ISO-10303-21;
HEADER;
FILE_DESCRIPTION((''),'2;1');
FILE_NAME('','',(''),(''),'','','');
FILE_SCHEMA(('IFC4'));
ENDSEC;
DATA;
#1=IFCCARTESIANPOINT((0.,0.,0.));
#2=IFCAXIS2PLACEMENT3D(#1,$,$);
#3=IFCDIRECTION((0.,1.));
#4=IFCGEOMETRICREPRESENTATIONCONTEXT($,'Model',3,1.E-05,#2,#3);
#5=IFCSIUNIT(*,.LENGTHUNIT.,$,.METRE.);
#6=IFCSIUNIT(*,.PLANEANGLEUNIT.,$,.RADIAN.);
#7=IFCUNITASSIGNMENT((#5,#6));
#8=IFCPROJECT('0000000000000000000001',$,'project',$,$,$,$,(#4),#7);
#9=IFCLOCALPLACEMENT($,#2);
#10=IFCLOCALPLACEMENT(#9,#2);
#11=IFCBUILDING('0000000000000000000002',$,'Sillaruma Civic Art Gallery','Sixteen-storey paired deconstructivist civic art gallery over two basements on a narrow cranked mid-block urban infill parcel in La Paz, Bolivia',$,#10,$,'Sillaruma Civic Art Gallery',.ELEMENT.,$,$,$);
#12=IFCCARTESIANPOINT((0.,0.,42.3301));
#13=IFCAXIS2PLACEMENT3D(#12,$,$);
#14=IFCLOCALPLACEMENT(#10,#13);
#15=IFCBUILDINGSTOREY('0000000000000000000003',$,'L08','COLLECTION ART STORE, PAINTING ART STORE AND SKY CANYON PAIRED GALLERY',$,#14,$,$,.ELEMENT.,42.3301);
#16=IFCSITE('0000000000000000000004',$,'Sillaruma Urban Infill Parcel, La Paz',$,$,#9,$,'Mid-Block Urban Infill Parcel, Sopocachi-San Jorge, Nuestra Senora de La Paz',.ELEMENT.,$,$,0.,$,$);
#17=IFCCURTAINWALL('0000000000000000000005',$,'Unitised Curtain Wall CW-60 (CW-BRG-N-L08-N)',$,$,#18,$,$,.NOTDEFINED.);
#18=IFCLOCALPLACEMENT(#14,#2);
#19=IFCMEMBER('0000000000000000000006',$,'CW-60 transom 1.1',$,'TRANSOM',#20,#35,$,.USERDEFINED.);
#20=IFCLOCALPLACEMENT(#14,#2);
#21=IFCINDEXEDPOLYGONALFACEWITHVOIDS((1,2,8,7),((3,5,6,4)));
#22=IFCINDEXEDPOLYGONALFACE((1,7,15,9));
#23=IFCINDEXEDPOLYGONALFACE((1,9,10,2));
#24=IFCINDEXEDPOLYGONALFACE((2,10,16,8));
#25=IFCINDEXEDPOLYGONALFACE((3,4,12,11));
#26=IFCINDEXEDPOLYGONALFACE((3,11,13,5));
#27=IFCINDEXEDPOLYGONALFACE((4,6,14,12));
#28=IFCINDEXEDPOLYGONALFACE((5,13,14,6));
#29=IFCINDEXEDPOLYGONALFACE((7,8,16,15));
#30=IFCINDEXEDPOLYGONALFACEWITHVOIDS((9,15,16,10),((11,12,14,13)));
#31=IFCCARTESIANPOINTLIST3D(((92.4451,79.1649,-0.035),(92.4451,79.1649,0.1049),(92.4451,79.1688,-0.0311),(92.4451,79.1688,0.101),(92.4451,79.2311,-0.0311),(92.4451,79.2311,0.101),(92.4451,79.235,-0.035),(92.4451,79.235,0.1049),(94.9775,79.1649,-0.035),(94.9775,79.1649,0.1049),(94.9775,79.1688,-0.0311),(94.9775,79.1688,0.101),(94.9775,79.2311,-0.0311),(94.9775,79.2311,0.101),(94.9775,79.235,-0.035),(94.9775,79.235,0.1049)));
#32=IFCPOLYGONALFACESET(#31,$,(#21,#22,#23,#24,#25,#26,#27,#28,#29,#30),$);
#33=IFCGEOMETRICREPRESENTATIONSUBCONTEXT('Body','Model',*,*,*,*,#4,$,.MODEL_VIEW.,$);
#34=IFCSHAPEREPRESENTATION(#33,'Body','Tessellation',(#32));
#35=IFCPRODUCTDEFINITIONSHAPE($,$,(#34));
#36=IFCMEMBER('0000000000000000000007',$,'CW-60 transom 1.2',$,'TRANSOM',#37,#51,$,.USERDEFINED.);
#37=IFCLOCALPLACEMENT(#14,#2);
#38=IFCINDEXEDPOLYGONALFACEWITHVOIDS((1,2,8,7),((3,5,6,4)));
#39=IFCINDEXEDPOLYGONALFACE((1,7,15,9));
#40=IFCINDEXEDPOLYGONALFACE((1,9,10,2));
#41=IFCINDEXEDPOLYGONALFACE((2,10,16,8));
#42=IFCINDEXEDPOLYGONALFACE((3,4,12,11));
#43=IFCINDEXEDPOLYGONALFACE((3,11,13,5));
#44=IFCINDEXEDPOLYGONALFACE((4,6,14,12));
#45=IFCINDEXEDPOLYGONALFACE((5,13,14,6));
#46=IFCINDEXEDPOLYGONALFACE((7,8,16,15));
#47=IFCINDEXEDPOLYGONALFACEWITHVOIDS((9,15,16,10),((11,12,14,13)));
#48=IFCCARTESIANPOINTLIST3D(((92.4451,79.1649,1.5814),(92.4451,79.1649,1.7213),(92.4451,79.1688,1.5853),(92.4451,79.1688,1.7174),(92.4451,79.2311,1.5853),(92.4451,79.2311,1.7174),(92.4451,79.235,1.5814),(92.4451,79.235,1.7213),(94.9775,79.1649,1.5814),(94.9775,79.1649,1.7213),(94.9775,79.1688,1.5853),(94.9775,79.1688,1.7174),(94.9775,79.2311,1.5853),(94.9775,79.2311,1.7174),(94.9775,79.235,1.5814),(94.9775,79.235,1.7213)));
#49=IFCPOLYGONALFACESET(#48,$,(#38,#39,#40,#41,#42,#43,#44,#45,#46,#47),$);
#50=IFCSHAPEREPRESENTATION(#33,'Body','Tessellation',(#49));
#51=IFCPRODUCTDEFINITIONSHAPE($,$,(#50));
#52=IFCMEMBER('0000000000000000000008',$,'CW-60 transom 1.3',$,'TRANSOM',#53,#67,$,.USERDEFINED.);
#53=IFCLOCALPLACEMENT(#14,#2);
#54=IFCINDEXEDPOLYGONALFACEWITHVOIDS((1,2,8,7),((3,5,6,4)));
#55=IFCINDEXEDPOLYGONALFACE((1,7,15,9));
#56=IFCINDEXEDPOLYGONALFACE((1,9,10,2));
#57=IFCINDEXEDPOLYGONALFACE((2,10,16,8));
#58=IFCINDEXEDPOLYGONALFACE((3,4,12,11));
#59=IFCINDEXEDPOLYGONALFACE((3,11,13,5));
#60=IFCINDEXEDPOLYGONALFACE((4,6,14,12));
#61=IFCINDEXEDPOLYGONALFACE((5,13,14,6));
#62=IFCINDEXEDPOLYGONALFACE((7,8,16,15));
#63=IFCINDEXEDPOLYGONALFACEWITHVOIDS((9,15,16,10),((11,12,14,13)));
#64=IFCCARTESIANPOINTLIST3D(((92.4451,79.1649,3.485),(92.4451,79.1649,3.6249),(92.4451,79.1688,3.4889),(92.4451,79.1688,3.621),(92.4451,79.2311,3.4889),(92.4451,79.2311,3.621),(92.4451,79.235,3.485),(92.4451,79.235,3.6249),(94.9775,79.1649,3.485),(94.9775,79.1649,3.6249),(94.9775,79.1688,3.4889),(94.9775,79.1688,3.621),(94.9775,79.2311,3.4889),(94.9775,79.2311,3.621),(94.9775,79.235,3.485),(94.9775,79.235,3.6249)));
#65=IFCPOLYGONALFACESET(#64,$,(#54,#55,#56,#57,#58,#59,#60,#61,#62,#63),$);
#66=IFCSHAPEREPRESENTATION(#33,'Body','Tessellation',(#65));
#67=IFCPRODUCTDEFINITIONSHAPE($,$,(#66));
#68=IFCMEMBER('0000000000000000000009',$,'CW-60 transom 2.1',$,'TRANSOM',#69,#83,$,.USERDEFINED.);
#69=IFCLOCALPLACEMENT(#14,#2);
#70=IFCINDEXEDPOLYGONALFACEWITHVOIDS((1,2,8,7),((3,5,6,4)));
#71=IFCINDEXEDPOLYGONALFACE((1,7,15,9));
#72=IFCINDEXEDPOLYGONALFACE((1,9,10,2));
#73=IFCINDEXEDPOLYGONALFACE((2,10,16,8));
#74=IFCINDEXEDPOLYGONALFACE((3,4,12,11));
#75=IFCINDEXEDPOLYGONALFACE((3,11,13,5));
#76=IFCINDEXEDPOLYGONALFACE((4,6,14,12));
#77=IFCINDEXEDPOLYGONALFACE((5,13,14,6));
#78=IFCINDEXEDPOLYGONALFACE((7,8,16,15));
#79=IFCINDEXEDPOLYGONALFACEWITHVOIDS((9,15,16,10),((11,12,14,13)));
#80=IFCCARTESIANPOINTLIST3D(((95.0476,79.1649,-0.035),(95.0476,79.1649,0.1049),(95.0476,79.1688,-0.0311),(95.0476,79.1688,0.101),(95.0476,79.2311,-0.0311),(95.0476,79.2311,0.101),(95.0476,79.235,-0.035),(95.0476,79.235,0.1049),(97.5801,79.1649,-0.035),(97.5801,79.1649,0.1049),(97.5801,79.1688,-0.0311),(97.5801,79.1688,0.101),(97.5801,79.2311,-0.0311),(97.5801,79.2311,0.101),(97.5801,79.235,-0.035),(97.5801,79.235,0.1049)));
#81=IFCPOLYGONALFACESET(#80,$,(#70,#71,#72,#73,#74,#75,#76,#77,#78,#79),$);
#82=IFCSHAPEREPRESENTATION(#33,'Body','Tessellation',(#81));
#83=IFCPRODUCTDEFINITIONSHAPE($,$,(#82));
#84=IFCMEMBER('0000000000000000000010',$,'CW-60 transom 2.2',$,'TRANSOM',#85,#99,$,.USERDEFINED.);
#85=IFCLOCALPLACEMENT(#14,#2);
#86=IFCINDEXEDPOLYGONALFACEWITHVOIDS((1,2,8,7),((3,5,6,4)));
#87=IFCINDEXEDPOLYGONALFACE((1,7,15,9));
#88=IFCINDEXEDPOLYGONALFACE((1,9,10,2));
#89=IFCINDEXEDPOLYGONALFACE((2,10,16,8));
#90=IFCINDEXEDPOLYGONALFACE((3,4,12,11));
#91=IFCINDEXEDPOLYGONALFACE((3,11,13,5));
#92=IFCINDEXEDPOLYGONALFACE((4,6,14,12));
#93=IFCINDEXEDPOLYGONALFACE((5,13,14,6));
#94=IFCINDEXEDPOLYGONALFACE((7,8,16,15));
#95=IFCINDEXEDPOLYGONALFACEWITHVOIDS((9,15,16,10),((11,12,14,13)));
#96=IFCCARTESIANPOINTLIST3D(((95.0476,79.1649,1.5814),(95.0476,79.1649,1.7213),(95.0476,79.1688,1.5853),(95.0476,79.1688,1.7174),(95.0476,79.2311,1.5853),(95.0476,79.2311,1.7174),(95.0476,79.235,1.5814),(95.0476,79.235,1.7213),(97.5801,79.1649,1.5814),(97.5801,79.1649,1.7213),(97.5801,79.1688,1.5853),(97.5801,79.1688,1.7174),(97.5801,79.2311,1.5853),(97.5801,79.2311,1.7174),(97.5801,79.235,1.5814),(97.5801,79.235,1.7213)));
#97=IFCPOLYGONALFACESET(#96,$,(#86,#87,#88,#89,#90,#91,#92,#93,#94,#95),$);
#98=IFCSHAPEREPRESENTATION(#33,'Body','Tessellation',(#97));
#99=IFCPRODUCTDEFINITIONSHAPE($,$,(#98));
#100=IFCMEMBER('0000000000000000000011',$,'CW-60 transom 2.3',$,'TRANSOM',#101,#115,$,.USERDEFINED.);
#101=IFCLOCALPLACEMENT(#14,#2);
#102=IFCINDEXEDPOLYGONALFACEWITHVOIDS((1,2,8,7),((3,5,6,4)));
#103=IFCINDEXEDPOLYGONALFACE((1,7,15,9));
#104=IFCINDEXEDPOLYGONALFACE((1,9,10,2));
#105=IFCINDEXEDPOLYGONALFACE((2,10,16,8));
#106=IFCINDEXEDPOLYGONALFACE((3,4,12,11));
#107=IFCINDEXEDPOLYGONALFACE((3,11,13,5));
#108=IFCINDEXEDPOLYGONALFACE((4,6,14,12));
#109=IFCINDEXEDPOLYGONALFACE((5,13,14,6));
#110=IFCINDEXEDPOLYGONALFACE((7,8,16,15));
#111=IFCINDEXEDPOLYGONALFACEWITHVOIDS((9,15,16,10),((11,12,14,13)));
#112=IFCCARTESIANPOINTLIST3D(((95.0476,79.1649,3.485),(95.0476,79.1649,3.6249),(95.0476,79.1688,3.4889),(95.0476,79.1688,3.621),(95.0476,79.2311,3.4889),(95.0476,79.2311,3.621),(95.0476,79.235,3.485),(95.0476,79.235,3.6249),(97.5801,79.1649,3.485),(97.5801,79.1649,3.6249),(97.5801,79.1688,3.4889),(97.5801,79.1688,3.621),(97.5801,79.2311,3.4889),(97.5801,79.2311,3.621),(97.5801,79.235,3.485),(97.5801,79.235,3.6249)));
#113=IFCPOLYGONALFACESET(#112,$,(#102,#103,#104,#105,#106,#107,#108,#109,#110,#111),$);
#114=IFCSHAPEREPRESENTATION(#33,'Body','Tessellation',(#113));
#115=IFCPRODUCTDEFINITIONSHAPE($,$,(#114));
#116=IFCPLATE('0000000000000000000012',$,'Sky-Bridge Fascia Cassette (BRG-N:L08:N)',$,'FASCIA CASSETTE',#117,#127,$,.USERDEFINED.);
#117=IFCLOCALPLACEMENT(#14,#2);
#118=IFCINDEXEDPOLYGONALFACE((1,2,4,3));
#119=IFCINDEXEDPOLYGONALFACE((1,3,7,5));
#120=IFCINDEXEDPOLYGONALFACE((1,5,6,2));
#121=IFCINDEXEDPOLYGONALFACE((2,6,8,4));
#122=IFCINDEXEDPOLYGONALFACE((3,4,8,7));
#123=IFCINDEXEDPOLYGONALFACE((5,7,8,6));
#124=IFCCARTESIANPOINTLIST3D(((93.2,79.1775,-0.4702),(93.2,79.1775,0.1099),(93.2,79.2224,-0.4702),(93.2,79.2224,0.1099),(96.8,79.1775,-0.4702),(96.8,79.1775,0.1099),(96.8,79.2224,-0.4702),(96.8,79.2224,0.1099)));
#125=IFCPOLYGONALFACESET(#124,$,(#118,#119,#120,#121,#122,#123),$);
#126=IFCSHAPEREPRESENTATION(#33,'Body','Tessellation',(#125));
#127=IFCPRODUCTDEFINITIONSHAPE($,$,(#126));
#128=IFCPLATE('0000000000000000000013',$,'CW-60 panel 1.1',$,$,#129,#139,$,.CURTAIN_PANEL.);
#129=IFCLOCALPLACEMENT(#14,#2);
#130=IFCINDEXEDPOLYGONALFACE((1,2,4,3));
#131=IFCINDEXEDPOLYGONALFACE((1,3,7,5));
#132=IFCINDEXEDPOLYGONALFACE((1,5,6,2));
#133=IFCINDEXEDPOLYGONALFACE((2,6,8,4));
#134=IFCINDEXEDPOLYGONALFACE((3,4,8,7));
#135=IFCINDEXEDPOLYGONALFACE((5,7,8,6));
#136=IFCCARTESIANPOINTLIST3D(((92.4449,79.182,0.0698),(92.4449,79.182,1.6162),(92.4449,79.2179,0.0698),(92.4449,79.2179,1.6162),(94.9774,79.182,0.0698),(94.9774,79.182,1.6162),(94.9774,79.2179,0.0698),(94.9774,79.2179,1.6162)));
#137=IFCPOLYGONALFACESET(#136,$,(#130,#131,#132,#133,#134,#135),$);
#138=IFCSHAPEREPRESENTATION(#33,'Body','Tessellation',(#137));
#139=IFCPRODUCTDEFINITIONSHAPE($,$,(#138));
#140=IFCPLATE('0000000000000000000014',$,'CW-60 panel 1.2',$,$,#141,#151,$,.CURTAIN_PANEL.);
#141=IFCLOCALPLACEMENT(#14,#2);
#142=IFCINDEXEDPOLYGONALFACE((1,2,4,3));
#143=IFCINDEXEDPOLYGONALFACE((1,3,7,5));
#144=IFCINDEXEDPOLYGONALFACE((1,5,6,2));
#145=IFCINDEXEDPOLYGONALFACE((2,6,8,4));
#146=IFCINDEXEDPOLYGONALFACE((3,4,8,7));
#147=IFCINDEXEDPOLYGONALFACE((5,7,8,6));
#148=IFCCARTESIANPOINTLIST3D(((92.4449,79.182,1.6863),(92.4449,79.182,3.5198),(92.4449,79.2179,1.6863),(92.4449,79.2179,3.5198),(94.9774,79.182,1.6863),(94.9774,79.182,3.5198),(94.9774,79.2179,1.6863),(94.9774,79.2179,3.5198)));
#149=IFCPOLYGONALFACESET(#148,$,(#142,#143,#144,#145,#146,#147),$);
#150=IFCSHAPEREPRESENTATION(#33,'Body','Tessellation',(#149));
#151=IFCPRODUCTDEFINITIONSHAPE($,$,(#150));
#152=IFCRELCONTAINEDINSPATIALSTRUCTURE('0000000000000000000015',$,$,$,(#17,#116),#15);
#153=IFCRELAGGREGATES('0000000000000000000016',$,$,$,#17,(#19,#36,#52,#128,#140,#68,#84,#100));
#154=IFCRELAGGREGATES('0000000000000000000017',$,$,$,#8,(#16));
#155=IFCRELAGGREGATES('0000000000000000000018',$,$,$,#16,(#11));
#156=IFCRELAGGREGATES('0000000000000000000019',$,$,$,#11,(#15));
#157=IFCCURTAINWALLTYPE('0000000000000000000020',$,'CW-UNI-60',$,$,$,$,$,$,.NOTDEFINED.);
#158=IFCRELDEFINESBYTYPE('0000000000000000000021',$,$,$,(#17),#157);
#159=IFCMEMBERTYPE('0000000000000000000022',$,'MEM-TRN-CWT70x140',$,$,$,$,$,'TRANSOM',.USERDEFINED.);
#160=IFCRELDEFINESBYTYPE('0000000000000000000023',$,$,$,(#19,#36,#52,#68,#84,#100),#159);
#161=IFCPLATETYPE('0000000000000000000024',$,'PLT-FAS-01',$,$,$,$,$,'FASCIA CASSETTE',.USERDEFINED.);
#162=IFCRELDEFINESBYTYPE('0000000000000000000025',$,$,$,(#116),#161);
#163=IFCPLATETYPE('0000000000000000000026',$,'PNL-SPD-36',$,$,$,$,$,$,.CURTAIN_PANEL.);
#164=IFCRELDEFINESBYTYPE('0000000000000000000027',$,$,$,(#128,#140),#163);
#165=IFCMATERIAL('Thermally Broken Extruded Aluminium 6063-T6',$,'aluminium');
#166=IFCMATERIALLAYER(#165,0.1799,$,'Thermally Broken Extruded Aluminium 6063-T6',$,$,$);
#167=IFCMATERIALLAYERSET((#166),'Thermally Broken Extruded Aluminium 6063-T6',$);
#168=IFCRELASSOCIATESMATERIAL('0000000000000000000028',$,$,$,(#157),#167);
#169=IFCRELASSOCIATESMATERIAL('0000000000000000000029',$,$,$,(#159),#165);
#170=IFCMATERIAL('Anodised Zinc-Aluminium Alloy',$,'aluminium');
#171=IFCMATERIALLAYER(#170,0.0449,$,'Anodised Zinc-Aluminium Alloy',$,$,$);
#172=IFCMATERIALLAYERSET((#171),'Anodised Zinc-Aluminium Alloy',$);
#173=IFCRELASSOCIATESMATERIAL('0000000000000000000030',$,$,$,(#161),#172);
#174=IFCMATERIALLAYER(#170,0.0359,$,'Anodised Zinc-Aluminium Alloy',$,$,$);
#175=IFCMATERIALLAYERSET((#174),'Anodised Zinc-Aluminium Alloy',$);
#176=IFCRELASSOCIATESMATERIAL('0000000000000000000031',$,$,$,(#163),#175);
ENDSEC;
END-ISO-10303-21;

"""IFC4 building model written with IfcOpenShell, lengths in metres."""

from ifc_helpers import new_model, si_unit, direction, frame, origin, origin_2d, place, context, subcontext, project, spatial, rectangle, hollow_rectangle, extrude, material, layer, layer_set, material_profile, profile_set, type_object, element, aggregate, save


model = new_model("IFC4")

# Units and contexts
model_context = context("Model", 3, precision=1e-05, world=origin(), true_north=direction((0.0, 1.0)))
body_context = subcontext(model_context, "Body", "Model", "MODEL_VIEW")
ifc_project = project(units=[si_unit("LENGTHUNIT", "METRE"), si_unit("PLANEANGLEUNIT", "RADIAN")], contexts=[model_context])

# Site, building, storey
site_placement = place(None, origin())
site = spatial("IfcSite", under=ifc_project, at=site_placement, Name="Sillaruma Urban Infill Parcel, La Paz", LongName="Mid-Block Urban Infill Parcel, Sopocachi-San Jorge, Nuestra Senora de La Paz", CompositionType="ELEMENT", RefElevation=0.0)
building_placement = place(site_placement, origin())
building = spatial("IfcBuilding", under=site, at=building_placement, Name="Sillaruma Civic Art Gallery", Description="Sixteen-storey paired deconstructivist civic art gallery over two basements on a narrow cranked mid-block urban infill parcel in La Paz, Bolivia", LongName="Sillaruma Civic Art Gallery", CompositionType="ELEMENT")
storey_placement = place(building_placement, frame((0.0, 0.0, 42.3301)))
storey = spatial("IfcBuildingStorey", under=building, at=storey_placement, Name="L08", Description="COLLECTION ART STORE, PAINTING ART STORE AND SKY CANYON PAIRED GALLERY", CompositionType="ELEMENT", Elevation=42.3301)

# Curtain wall, members
ifc_material_1 = material(Name="Thermally Broken Extruded Aluminium 6063-T6", Category="aluminium")
ifc_layer_1 = layer(ifc_material_1, 0.1799, Name="Thermally Broken Extruded Aluminium 6063-T6")
ifc_layer_set_1 = layer_set([ifc_layer_1], Name="Thermally Broken Extruded Aluminium 6063-T6")
curtain_wall_type = type_object("IfcCurtainWallType", Name="CW-UNI-60", PredefinedType="NOTDEFINED", material=ifc_layer_set_1)
curtain_wall_placement = place(storey_placement, origin())
curtain_wall = element("IfcCurtainWall", 1, at=curtain_wall_placement, inside=storey, type_object=curtain_wall_type, Name="Unitised Curtain Wall CW-60 (CW-BRG-N-L08-N)", PredefinedType="NOTDEFINED")
ifc_material_profile_1 = material_profile(ifc_material_1, hollow_rectangle(XDim=0.0701, YDim=0.1399, WallThickness=0.0039, at=origin_2d()), Name="CWT70x140")
ifc_profile_set_1 = profile_set([ifc_material_profile_1], Name="Thermally Broken Extruded Aluminium 6063-T6")
member_type_1 = type_object("IfcMemberType", Name="MEM-TRN-CWT70x140", ElementType="TRANSOM", PredefinedType="USERDEFINED", material=ifc_profile_set_1)
member_1_placement = place(storey_placement, frame((92.4451, 79.2, 0.0349), z_axis=(1.0, 0.0, 0.0), x_axis=(0.0, 1.0, 0.0)))
member_1 = element("IfcMember", 2, at=member_1_placement, type_object=member_type_1, Name="CW-60 transom 1.1", ObjectType="TRANSOM", PredefinedType="USERDEFINED", context=body_context, shape_type="SweptSolid", body=[
    extrude(hollow_rectangle(XDim=0.0701, YDim=0.1399, WallThickness=0.0039, at=origin_2d()), origin(), (0.0, 0.0, 1.0), 2.5325),
])
member_2_placement = place(storey_placement, frame((92.4451, 79.2, 1.6514), z_axis=(1.0, 0.0, 0.0), x_axis=(0.0, 1.0, 0.0)))
member_2 = element("IfcMember", 3, at=member_2_placement, type_object=member_type_1, Name="CW-60 transom 1.2", ObjectType="TRANSOM", PredefinedType="USERDEFINED", context=body_context, shape_type="SweptSolid", body=[
    extrude(hollow_rectangle(XDim=0.0701, YDim=0.1399, WallThickness=0.0039, at=origin_2d()), origin(), (0.0, 0.0, 1.0), 2.5325),
])
member_3_placement = place(storey_placement, frame((92.4451, 79.2, 3.5549), z_axis=(1.0, 0.0, 0.0), x_axis=(0.0, 1.0, 0.0)))
member_3 = element("IfcMember", 4, at=member_3_placement, type_object=member_type_1, Name="CW-60 transom 1.3", ObjectType="TRANSOM", PredefinedType="USERDEFINED", context=body_context, shape_type="SweptSolid", body=[
    extrude(hollow_rectangle(XDim=0.0701, YDim=0.1399, WallThickness=0.0039, at=origin_2d()), origin(), (0.0, 0.0, 1.0), 2.5325),
])
member_4_placement = place(storey_placement, frame((95.0476, 79.2, 0.0349), z_axis=(1.0, 0.0, 0.0), x_axis=(0.0, 1.0, 0.0)))
member_4 = element("IfcMember", 5, at=member_4_placement, type_object=member_type_1, Name="CW-60 transom 2.1", ObjectType="TRANSOM", PredefinedType="USERDEFINED", context=body_context, shape_type="SweptSolid", body=[
    extrude(hollow_rectangle(XDim=0.0701, YDim=0.1399, WallThickness=0.0039, at=origin_2d()), origin(), (0.0, 0.0, 1.0), 2.5325),
])
member_5_placement = place(storey_placement, frame((95.0476, 79.2, 1.6514), z_axis=(1.0, 0.0, 0.0), x_axis=(0.0, 1.0, 0.0)))
member_5 = element("IfcMember", 6, at=member_5_placement, type_object=member_type_1, Name="CW-60 transom 2.2", ObjectType="TRANSOM", PredefinedType="USERDEFINED", context=body_context, shape_type="SweptSolid", body=[
    extrude(hollow_rectangle(XDim=0.0701, YDim=0.1399, WallThickness=0.0039, at=origin_2d()), origin(), (0.0, 0.0, 1.0), 2.5325),
])
member_6_placement = place(storey_placement, frame((95.0476, 79.2, 3.5549), z_axis=(1.0, 0.0, 0.0), x_axis=(0.0, 1.0, 0.0)))
member_6 = element("IfcMember", 7, at=member_6_placement, type_object=member_type_1, Name="CW-60 transom 2.3", ObjectType="TRANSOM", PredefinedType="USERDEFINED", context=body_context, shape_type="SweptSolid", body=[
    extrude(hollow_rectangle(XDim=0.0701, YDim=0.1399, WallThickness=0.0039, at=origin_2d()), origin(), (0.0, 0.0, 1.0), 2.5325),
])

# Plates
ifc_material_2 = material(Name="Anodised Zinc-Aluminium Alloy", Category="aluminium")
ifc_layer_2 = layer(ifc_material_2, 0.0449, Name="Anodised Zinc-Aluminium Alloy")
ifc_layer_set_2 = layer_set([ifc_layer_2], Name="Anodised Zinc-Aluminium Alloy")
plate_type_1 = type_object("IfcPlateType", Name="PLT-FAS-01", ElementType="FASCIA CASSETTE", PredefinedType="USERDEFINED", material=ifc_layer_set_2)
plate_1_placement = place(storey_placement, frame((95.0, 79.2, -0.4702), z_axis=(0.0, 0.0, 1.0), x_axis=(1.0, 0.0, 0.0)))
element("IfcPlate", 8, at=plate_1_placement, inside=storey, type_object=plate_type_1, Name="Sky-Bridge Fascia Cassette (BRG-N:L08:N)", ObjectType="FASCIA CASSETTE", PredefinedType="USERDEFINED", context=body_context, shape_type="SweptSolid", body=[
    extrude(rectangle(XDim=3.6001, YDim=0.0449, at=origin_2d()), origin(), (0.0, 0.0, 1.0), 0.5801),
])
ifc_layer_3 = layer(ifc_material_2, 0.0359, Name="Anodised Zinc-Aluminium Alloy")
ifc_layer_set_3 = layer_set([ifc_layer_3], Name="Anodised Zinc-Aluminium Alloy")
plate_type_2 = type_object("IfcPlateType", Name="PNL-SPD-36", PredefinedType="CURTAIN_PANEL", material=ifc_layer_set_3)
plate_2_placement = place(storey_placement, frame((93.7112, 79.2, 0.0698), z_axis=(0.0, 0.0, 1.0), x_axis=(1.0, 0.0, 0.0)))
plate_2 = element("IfcPlate", 9, at=plate_2_placement, type_object=plate_type_2, Name="CW-60 panel 1.1", PredefinedType="CURTAIN_PANEL", context=body_context, shape_type="SweptSolid", body=[
    extrude(rectangle(XDim=2.5325, YDim=0.0359, at=origin_2d()), origin(), (0.0, 0.0, 1.0), 1.5464),
])
plate_3_placement = place(storey_placement, frame((93.7112, 79.2, 1.6863), z_axis=(0.0, 0.0, 1.0), x_axis=(1.0, 0.0, 0.0)))
plate_3 = element("IfcPlate", 10, at=plate_3_placement, type_object=plate_type_2, Name="CW-60 panel 1.2", PredefinedType="CURTAIN_PANEL", context=body_context, shape_type="SweptSolid", body=[
    extrude(rectangle(XDim=2.5325, YDim=0.0359, at=origin_2d()), origin(), (0.0, 0.0, 1.0), 1.8335),
])
aggregate(curtain_wall, [member_1, member_2, member_3, plate_2, plate_3, member_4, member_5, member_6])

save(model, "model.ifc")
